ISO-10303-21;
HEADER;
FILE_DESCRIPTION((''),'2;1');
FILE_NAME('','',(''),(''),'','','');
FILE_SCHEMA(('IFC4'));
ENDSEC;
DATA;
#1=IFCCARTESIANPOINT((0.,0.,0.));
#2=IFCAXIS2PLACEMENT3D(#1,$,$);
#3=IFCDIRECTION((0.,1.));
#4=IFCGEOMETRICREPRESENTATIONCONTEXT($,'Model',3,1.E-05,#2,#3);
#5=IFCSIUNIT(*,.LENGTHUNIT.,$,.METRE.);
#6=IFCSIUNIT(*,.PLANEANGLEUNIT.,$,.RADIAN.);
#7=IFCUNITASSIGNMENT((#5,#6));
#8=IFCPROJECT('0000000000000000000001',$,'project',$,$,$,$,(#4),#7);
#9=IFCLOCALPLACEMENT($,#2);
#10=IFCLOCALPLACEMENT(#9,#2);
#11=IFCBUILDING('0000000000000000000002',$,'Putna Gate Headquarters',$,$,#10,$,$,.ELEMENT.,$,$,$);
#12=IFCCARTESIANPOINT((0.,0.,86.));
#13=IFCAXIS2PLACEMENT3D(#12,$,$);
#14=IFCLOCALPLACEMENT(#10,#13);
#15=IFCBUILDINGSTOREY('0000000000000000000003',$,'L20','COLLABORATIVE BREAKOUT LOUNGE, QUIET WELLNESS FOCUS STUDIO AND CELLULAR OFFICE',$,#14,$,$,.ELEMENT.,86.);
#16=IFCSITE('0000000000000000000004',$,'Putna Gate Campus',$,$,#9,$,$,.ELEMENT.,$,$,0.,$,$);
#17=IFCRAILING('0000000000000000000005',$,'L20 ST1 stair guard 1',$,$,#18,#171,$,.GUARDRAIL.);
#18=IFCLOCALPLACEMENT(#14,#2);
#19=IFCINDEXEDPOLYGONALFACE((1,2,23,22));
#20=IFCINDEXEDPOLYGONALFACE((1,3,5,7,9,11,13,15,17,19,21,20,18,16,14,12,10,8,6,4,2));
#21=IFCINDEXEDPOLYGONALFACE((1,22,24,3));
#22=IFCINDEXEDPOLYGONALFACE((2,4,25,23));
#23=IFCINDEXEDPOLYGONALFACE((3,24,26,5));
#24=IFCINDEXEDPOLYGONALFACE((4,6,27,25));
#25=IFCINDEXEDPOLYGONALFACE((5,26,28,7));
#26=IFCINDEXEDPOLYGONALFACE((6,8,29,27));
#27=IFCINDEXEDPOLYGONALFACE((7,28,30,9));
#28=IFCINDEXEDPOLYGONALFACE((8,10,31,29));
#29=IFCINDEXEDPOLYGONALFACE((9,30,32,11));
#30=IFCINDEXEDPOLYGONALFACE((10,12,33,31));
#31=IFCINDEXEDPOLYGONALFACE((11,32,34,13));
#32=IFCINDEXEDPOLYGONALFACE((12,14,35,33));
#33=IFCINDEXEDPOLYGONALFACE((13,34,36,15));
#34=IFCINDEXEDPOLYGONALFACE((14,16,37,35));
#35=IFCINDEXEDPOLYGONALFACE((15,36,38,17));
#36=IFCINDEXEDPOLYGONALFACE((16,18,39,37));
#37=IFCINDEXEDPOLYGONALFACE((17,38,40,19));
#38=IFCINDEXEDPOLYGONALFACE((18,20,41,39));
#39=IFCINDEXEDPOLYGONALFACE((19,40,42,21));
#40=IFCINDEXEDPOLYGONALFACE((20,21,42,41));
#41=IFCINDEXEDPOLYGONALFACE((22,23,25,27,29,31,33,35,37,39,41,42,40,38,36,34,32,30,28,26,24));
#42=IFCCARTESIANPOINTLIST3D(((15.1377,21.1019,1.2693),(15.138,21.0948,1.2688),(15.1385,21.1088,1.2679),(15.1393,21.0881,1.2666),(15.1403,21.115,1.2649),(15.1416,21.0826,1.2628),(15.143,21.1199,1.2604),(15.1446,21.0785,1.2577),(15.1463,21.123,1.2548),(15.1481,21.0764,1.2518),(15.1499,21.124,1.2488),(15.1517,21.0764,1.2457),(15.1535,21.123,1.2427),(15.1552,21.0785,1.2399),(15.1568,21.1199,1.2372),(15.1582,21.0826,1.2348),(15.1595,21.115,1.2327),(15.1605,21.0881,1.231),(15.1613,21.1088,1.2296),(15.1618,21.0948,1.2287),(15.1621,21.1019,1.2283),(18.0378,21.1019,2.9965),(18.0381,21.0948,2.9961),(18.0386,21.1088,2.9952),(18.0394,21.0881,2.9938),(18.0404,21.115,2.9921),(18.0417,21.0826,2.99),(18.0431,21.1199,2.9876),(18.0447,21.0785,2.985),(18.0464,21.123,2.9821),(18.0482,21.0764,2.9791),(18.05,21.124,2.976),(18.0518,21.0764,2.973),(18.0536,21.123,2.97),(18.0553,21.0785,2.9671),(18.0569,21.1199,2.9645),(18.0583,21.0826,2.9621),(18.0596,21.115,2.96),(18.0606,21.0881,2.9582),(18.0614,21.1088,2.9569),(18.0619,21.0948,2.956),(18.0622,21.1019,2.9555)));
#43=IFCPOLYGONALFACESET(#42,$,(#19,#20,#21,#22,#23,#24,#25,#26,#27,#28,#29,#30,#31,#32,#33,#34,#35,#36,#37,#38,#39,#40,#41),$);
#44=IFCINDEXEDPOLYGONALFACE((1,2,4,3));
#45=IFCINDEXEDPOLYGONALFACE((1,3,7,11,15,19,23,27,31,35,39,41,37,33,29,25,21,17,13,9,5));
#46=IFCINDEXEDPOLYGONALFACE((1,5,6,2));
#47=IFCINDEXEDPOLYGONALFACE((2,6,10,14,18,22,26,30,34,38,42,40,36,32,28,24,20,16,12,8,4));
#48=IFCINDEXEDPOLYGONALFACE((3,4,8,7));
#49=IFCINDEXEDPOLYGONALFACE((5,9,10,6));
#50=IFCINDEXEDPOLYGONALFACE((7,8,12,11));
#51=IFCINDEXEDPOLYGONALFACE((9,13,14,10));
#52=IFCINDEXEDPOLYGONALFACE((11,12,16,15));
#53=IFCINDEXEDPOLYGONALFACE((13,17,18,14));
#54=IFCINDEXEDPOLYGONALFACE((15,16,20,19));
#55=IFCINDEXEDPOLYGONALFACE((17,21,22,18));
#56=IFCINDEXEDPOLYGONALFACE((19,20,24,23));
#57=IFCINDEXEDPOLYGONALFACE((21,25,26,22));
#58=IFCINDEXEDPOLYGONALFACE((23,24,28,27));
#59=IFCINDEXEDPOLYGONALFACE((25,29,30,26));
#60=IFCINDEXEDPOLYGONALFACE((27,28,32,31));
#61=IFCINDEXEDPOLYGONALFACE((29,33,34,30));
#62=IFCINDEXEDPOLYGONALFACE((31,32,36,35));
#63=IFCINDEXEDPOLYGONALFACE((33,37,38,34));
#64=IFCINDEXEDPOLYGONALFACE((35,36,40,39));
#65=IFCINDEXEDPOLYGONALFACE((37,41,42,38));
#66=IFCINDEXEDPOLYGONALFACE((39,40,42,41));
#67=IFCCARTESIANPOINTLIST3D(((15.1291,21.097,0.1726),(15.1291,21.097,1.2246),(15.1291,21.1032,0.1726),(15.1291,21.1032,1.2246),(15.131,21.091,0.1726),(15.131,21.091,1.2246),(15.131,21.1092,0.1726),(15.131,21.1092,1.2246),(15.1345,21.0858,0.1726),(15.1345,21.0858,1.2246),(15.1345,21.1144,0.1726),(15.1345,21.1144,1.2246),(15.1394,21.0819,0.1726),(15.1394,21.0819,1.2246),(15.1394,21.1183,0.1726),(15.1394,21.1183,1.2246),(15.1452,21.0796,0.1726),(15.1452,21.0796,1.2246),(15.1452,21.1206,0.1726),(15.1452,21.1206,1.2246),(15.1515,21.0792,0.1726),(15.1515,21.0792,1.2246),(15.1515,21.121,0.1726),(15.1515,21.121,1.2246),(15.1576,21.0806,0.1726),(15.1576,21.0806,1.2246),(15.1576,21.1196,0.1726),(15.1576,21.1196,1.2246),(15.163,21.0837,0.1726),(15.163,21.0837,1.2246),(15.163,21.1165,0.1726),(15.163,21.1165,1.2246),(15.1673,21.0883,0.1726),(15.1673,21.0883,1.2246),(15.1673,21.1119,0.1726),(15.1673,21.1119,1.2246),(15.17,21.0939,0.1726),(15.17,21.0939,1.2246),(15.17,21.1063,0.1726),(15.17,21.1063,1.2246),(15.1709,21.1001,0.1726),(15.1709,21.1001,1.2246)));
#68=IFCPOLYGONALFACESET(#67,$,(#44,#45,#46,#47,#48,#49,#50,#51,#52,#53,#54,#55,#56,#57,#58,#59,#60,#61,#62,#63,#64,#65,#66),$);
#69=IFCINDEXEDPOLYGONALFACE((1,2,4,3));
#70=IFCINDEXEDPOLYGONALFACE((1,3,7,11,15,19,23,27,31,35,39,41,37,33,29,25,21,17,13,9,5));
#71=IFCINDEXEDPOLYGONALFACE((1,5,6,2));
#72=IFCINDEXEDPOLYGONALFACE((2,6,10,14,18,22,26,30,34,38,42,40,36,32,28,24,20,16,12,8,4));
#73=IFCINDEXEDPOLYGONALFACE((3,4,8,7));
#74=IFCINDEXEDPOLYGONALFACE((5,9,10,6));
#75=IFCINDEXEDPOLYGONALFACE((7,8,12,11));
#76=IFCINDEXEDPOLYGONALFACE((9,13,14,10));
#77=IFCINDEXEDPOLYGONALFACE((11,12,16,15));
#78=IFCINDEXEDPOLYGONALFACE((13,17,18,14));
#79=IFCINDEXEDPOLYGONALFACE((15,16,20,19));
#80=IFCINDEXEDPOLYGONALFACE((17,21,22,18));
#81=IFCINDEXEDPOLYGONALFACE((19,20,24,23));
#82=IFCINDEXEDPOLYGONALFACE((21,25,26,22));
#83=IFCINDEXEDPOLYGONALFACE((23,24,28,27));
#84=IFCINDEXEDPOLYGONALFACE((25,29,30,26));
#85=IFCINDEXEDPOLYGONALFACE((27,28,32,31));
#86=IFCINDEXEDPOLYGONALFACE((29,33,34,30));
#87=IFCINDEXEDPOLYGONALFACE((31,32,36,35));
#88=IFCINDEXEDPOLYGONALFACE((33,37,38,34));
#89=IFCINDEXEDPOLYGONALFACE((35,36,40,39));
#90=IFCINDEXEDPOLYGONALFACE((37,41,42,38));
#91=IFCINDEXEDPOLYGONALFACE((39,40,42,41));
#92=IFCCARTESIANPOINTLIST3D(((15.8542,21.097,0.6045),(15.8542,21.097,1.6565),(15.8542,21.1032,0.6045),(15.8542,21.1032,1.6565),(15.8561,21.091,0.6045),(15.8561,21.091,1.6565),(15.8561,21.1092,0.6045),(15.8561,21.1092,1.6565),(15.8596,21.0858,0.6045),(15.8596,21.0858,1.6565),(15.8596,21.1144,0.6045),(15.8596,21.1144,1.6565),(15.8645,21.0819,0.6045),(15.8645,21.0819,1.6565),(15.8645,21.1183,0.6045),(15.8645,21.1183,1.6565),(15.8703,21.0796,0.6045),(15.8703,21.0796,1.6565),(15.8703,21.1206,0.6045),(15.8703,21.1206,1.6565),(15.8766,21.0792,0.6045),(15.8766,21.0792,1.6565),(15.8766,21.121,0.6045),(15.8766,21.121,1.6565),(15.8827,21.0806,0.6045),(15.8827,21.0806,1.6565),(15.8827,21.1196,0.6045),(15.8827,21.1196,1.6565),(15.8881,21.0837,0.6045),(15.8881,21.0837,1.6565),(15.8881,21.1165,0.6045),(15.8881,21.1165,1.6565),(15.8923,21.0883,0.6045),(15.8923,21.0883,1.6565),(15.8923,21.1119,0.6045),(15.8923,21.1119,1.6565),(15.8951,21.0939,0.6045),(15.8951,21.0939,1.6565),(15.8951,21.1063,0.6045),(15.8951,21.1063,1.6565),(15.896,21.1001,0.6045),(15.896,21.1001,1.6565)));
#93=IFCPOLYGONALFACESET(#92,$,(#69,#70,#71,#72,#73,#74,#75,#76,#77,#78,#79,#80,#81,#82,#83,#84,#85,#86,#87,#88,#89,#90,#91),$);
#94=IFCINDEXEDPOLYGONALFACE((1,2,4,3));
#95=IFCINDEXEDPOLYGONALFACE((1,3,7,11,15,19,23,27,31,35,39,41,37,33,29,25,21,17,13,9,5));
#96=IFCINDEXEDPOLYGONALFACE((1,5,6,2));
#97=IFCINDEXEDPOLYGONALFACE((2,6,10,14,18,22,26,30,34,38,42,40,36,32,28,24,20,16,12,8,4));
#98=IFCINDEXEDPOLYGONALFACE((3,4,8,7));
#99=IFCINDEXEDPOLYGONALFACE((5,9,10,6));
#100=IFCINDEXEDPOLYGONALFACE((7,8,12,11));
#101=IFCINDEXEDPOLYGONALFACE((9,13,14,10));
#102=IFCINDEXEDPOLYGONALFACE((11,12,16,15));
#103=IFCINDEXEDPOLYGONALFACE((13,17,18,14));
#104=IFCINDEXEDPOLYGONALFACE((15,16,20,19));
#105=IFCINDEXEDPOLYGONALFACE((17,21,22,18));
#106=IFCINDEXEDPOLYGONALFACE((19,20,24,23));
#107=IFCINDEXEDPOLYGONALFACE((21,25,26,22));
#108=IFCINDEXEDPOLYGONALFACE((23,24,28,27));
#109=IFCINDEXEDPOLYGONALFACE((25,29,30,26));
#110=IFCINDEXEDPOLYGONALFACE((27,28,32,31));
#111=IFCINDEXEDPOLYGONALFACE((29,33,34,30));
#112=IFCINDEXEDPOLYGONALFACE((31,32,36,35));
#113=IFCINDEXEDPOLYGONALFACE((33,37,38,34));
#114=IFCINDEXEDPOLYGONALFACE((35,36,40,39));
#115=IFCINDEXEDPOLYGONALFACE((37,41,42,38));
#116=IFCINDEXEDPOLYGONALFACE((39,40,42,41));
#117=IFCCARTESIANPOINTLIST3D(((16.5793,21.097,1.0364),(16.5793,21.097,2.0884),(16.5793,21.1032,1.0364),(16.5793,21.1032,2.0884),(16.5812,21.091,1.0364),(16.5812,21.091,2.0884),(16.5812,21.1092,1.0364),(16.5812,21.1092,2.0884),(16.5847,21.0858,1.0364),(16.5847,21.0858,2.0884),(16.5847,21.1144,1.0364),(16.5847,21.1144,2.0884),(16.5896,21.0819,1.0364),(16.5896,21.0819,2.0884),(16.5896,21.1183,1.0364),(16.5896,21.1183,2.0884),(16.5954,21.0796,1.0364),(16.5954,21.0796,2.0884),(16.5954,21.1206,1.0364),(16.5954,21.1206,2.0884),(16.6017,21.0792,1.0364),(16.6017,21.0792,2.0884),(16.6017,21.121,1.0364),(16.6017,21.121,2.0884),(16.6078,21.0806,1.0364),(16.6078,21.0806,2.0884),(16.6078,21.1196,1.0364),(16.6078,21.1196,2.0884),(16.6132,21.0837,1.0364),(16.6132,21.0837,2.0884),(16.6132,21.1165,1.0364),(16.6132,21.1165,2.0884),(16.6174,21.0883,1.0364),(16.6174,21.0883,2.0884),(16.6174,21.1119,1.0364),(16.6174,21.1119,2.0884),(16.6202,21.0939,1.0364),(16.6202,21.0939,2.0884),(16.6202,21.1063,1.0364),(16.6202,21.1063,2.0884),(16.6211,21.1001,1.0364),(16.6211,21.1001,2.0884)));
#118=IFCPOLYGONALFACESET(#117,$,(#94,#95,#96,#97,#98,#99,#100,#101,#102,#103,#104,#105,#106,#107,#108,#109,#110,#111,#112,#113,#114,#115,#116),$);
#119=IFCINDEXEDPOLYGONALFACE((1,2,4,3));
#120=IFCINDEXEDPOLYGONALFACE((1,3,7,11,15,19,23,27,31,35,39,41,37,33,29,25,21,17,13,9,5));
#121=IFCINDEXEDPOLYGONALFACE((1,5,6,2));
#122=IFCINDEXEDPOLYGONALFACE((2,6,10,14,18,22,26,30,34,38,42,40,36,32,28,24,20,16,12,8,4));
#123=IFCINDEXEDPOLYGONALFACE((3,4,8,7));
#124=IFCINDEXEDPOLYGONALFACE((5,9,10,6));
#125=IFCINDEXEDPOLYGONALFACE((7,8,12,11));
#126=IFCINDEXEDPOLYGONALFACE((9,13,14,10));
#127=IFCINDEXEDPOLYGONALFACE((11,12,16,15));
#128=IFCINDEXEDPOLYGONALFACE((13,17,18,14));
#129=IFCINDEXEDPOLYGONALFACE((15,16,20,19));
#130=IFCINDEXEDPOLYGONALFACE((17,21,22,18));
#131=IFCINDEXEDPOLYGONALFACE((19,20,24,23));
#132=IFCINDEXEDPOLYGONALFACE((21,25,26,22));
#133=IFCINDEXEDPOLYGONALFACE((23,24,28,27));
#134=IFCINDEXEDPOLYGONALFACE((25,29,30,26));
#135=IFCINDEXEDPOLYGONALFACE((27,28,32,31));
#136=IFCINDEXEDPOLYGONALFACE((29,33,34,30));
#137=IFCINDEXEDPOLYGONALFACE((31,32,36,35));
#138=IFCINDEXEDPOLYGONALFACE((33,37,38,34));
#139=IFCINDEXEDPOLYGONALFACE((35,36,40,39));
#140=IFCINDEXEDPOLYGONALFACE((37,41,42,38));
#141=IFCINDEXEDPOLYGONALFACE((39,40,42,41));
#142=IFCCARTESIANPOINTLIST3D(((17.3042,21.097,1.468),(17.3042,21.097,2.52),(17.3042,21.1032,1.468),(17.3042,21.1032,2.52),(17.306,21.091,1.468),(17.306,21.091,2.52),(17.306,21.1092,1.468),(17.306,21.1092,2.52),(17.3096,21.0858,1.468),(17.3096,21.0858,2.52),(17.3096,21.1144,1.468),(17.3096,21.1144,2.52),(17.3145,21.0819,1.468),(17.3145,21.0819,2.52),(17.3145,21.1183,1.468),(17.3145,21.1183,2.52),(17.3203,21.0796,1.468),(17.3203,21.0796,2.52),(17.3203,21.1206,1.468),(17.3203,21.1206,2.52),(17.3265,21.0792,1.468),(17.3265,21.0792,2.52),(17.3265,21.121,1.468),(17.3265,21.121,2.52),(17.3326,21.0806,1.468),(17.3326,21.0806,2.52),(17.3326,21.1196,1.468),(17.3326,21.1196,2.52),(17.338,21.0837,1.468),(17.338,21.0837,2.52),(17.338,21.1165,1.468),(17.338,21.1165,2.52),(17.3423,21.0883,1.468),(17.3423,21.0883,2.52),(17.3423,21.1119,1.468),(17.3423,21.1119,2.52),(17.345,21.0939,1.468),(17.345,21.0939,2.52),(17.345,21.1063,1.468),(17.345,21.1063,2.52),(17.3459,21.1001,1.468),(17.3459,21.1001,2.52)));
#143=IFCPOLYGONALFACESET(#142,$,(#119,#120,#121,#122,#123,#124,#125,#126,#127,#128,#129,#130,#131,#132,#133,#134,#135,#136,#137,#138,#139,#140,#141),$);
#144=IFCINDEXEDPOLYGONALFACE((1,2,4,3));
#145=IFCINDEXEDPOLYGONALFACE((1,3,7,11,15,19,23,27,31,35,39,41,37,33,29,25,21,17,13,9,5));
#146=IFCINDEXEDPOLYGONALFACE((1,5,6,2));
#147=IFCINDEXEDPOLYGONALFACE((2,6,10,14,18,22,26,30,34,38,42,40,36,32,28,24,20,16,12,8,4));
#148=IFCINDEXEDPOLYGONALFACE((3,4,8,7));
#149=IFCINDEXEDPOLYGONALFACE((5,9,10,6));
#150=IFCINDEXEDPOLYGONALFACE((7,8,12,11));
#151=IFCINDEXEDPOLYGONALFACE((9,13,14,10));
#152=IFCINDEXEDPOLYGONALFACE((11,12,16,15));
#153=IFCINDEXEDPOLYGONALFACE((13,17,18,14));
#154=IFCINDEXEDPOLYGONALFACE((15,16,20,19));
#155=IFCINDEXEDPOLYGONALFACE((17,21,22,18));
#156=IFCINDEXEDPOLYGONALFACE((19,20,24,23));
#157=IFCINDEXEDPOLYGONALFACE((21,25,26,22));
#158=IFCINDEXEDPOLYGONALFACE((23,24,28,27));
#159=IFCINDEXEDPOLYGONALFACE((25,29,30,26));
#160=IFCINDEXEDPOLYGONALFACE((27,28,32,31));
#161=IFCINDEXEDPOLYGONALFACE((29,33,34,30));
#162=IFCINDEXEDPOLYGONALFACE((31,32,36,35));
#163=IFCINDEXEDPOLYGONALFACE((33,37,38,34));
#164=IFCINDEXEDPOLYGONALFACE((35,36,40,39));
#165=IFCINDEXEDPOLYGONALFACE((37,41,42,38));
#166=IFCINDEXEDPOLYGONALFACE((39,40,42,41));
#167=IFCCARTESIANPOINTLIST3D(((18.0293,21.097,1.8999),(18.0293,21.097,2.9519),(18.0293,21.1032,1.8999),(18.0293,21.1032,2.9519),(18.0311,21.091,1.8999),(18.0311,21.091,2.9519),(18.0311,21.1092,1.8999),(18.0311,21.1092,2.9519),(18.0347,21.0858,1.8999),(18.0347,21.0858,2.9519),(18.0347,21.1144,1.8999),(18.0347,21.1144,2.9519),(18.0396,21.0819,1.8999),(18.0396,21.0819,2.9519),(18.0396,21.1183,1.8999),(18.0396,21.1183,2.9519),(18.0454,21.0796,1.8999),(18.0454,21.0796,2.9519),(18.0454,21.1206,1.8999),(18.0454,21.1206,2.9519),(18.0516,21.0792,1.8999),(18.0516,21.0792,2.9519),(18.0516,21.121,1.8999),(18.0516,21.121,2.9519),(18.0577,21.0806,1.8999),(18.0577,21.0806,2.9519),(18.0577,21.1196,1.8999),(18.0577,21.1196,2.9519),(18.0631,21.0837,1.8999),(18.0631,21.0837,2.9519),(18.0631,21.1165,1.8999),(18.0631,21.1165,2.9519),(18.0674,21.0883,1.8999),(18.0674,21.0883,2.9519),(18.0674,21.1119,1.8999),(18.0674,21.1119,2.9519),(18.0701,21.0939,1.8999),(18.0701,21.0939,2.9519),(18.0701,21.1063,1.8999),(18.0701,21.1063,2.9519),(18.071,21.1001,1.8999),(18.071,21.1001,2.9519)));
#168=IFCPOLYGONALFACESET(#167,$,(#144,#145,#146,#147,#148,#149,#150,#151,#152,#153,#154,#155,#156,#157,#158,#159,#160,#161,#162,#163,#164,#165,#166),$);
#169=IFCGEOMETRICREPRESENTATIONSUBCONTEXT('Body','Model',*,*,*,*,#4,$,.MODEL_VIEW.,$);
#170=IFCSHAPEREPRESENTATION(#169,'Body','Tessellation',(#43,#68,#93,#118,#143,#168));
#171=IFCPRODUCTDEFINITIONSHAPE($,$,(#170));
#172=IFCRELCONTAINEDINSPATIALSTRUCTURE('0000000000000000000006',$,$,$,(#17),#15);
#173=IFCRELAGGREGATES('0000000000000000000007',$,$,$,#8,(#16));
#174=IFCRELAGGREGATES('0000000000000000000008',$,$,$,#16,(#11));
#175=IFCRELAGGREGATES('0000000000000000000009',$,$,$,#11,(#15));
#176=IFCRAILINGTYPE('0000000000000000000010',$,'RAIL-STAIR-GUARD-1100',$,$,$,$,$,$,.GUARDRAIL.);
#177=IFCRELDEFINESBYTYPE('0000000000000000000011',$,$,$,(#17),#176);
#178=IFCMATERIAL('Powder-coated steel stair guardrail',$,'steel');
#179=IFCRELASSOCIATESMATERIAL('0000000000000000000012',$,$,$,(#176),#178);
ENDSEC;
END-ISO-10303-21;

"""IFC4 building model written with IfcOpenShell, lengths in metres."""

from ifc_helpers import new_model, si_unit, direction, frame, origin, origin_2d, place, context, subcontext, project, spatial, circle, extrude, material, type_object, element, save


model = new_model("IFC4")

# Units and contexts
model_context = context("Model", 3, precision=1e-05, world=origin(), true_north=direction((0.0, 1.0)))
body_context = subcontext(model_context, "Body", "Model", "MODEL_VIEW")
ifc_project = project(units=[si_unit("LENGTHUNIT", "METRE"), si_unit("PLANEANGLEUNIT", "RADIAN")], contexts=[model_context])

# Site, building, storey
site_placement = place(None, origin())
site = spatial("IfcSite", under=ifc_project, at=site_placement, Name="Putna Gate Campus", CompositionType="ELEMENT", RefElevation=0.0)
building_placement = place(site_placement, origin())
building = spatial("IfcBuilding", under=site, at=building_placement, Name="Putna Gate Headquarters", CompositionType="ELEMENT")
storey_placement = place(building_placement, frame((0.0, 0.0, 86.0)))
storey = spatial("IfcBuildingStorey", under=building, at=storey_placement, Name="L20", Description="COLLABORATIVE BREAKOUT LOUNGE, QUIET WELLNESS FOCUS STUDIO AND CELLULAR OFFICE", CompositionType="ELEMENT", Elevation=86.0)

# Railing
ifc_material_1 = material(Name="Powder-coated steel stair guardrail", Category="steel")
railing_type_1 = type_object("IfcRailingType", Name="RAIL-STAIR-GUARD-1100", PredefinedType="GUARDRAIL", material=ifc_material_1)
railing_1_placement = place(storey_placement, frame((15.1499, 21.1001, 0.1726)))
element("IfcRailing", 1, at=railing_1_placement, inside=storey, type_object=railing_type_1, Name="L20 ST1 stair guard 1", PredefinedType="GUARDRAIL", context=body_context, shape_type="SweptSolid", body=[
    extrude(circle(Radius=0.0239, at=origin_2d()), frame((0.0, 0.0, 1.0762), z_axis=(0.85916, 0.0, 0.511706), x_axis=(0.0, 1.0, 0.0)), (0.0, 0.0, 1.0), 3.3755),
    extrude(circle(Radius=0.021, at=origin_2d()), origin(), (0.0, 0.0, 1.0), 1.052),
    extrude(circle(Radius=0.021, at=origin_2d()), frame((0.7251, 0.0, 0.4319)), (0.0, 0.0, 1.0), 1.052),
    extrude(circle(Radius=0.021, at=origin_2d()), frame((1.4502, 0.0, 0.8638)), (0.0, 0.0, 1.0), 1.052),
    extrude(circle(Radius=0.021, at=origin_2d()), frame((2.175, 0.0, 1.2954)), (0.0, 0.0, 1.0), 1.052),
    extrude(circle(Radius=0.021, at=origin_2d()), frame((2.9001, 0.0, 1.7273)), (0.0, 0.0, 1.0), 1.052),
])

save(model, "model.ifc")
